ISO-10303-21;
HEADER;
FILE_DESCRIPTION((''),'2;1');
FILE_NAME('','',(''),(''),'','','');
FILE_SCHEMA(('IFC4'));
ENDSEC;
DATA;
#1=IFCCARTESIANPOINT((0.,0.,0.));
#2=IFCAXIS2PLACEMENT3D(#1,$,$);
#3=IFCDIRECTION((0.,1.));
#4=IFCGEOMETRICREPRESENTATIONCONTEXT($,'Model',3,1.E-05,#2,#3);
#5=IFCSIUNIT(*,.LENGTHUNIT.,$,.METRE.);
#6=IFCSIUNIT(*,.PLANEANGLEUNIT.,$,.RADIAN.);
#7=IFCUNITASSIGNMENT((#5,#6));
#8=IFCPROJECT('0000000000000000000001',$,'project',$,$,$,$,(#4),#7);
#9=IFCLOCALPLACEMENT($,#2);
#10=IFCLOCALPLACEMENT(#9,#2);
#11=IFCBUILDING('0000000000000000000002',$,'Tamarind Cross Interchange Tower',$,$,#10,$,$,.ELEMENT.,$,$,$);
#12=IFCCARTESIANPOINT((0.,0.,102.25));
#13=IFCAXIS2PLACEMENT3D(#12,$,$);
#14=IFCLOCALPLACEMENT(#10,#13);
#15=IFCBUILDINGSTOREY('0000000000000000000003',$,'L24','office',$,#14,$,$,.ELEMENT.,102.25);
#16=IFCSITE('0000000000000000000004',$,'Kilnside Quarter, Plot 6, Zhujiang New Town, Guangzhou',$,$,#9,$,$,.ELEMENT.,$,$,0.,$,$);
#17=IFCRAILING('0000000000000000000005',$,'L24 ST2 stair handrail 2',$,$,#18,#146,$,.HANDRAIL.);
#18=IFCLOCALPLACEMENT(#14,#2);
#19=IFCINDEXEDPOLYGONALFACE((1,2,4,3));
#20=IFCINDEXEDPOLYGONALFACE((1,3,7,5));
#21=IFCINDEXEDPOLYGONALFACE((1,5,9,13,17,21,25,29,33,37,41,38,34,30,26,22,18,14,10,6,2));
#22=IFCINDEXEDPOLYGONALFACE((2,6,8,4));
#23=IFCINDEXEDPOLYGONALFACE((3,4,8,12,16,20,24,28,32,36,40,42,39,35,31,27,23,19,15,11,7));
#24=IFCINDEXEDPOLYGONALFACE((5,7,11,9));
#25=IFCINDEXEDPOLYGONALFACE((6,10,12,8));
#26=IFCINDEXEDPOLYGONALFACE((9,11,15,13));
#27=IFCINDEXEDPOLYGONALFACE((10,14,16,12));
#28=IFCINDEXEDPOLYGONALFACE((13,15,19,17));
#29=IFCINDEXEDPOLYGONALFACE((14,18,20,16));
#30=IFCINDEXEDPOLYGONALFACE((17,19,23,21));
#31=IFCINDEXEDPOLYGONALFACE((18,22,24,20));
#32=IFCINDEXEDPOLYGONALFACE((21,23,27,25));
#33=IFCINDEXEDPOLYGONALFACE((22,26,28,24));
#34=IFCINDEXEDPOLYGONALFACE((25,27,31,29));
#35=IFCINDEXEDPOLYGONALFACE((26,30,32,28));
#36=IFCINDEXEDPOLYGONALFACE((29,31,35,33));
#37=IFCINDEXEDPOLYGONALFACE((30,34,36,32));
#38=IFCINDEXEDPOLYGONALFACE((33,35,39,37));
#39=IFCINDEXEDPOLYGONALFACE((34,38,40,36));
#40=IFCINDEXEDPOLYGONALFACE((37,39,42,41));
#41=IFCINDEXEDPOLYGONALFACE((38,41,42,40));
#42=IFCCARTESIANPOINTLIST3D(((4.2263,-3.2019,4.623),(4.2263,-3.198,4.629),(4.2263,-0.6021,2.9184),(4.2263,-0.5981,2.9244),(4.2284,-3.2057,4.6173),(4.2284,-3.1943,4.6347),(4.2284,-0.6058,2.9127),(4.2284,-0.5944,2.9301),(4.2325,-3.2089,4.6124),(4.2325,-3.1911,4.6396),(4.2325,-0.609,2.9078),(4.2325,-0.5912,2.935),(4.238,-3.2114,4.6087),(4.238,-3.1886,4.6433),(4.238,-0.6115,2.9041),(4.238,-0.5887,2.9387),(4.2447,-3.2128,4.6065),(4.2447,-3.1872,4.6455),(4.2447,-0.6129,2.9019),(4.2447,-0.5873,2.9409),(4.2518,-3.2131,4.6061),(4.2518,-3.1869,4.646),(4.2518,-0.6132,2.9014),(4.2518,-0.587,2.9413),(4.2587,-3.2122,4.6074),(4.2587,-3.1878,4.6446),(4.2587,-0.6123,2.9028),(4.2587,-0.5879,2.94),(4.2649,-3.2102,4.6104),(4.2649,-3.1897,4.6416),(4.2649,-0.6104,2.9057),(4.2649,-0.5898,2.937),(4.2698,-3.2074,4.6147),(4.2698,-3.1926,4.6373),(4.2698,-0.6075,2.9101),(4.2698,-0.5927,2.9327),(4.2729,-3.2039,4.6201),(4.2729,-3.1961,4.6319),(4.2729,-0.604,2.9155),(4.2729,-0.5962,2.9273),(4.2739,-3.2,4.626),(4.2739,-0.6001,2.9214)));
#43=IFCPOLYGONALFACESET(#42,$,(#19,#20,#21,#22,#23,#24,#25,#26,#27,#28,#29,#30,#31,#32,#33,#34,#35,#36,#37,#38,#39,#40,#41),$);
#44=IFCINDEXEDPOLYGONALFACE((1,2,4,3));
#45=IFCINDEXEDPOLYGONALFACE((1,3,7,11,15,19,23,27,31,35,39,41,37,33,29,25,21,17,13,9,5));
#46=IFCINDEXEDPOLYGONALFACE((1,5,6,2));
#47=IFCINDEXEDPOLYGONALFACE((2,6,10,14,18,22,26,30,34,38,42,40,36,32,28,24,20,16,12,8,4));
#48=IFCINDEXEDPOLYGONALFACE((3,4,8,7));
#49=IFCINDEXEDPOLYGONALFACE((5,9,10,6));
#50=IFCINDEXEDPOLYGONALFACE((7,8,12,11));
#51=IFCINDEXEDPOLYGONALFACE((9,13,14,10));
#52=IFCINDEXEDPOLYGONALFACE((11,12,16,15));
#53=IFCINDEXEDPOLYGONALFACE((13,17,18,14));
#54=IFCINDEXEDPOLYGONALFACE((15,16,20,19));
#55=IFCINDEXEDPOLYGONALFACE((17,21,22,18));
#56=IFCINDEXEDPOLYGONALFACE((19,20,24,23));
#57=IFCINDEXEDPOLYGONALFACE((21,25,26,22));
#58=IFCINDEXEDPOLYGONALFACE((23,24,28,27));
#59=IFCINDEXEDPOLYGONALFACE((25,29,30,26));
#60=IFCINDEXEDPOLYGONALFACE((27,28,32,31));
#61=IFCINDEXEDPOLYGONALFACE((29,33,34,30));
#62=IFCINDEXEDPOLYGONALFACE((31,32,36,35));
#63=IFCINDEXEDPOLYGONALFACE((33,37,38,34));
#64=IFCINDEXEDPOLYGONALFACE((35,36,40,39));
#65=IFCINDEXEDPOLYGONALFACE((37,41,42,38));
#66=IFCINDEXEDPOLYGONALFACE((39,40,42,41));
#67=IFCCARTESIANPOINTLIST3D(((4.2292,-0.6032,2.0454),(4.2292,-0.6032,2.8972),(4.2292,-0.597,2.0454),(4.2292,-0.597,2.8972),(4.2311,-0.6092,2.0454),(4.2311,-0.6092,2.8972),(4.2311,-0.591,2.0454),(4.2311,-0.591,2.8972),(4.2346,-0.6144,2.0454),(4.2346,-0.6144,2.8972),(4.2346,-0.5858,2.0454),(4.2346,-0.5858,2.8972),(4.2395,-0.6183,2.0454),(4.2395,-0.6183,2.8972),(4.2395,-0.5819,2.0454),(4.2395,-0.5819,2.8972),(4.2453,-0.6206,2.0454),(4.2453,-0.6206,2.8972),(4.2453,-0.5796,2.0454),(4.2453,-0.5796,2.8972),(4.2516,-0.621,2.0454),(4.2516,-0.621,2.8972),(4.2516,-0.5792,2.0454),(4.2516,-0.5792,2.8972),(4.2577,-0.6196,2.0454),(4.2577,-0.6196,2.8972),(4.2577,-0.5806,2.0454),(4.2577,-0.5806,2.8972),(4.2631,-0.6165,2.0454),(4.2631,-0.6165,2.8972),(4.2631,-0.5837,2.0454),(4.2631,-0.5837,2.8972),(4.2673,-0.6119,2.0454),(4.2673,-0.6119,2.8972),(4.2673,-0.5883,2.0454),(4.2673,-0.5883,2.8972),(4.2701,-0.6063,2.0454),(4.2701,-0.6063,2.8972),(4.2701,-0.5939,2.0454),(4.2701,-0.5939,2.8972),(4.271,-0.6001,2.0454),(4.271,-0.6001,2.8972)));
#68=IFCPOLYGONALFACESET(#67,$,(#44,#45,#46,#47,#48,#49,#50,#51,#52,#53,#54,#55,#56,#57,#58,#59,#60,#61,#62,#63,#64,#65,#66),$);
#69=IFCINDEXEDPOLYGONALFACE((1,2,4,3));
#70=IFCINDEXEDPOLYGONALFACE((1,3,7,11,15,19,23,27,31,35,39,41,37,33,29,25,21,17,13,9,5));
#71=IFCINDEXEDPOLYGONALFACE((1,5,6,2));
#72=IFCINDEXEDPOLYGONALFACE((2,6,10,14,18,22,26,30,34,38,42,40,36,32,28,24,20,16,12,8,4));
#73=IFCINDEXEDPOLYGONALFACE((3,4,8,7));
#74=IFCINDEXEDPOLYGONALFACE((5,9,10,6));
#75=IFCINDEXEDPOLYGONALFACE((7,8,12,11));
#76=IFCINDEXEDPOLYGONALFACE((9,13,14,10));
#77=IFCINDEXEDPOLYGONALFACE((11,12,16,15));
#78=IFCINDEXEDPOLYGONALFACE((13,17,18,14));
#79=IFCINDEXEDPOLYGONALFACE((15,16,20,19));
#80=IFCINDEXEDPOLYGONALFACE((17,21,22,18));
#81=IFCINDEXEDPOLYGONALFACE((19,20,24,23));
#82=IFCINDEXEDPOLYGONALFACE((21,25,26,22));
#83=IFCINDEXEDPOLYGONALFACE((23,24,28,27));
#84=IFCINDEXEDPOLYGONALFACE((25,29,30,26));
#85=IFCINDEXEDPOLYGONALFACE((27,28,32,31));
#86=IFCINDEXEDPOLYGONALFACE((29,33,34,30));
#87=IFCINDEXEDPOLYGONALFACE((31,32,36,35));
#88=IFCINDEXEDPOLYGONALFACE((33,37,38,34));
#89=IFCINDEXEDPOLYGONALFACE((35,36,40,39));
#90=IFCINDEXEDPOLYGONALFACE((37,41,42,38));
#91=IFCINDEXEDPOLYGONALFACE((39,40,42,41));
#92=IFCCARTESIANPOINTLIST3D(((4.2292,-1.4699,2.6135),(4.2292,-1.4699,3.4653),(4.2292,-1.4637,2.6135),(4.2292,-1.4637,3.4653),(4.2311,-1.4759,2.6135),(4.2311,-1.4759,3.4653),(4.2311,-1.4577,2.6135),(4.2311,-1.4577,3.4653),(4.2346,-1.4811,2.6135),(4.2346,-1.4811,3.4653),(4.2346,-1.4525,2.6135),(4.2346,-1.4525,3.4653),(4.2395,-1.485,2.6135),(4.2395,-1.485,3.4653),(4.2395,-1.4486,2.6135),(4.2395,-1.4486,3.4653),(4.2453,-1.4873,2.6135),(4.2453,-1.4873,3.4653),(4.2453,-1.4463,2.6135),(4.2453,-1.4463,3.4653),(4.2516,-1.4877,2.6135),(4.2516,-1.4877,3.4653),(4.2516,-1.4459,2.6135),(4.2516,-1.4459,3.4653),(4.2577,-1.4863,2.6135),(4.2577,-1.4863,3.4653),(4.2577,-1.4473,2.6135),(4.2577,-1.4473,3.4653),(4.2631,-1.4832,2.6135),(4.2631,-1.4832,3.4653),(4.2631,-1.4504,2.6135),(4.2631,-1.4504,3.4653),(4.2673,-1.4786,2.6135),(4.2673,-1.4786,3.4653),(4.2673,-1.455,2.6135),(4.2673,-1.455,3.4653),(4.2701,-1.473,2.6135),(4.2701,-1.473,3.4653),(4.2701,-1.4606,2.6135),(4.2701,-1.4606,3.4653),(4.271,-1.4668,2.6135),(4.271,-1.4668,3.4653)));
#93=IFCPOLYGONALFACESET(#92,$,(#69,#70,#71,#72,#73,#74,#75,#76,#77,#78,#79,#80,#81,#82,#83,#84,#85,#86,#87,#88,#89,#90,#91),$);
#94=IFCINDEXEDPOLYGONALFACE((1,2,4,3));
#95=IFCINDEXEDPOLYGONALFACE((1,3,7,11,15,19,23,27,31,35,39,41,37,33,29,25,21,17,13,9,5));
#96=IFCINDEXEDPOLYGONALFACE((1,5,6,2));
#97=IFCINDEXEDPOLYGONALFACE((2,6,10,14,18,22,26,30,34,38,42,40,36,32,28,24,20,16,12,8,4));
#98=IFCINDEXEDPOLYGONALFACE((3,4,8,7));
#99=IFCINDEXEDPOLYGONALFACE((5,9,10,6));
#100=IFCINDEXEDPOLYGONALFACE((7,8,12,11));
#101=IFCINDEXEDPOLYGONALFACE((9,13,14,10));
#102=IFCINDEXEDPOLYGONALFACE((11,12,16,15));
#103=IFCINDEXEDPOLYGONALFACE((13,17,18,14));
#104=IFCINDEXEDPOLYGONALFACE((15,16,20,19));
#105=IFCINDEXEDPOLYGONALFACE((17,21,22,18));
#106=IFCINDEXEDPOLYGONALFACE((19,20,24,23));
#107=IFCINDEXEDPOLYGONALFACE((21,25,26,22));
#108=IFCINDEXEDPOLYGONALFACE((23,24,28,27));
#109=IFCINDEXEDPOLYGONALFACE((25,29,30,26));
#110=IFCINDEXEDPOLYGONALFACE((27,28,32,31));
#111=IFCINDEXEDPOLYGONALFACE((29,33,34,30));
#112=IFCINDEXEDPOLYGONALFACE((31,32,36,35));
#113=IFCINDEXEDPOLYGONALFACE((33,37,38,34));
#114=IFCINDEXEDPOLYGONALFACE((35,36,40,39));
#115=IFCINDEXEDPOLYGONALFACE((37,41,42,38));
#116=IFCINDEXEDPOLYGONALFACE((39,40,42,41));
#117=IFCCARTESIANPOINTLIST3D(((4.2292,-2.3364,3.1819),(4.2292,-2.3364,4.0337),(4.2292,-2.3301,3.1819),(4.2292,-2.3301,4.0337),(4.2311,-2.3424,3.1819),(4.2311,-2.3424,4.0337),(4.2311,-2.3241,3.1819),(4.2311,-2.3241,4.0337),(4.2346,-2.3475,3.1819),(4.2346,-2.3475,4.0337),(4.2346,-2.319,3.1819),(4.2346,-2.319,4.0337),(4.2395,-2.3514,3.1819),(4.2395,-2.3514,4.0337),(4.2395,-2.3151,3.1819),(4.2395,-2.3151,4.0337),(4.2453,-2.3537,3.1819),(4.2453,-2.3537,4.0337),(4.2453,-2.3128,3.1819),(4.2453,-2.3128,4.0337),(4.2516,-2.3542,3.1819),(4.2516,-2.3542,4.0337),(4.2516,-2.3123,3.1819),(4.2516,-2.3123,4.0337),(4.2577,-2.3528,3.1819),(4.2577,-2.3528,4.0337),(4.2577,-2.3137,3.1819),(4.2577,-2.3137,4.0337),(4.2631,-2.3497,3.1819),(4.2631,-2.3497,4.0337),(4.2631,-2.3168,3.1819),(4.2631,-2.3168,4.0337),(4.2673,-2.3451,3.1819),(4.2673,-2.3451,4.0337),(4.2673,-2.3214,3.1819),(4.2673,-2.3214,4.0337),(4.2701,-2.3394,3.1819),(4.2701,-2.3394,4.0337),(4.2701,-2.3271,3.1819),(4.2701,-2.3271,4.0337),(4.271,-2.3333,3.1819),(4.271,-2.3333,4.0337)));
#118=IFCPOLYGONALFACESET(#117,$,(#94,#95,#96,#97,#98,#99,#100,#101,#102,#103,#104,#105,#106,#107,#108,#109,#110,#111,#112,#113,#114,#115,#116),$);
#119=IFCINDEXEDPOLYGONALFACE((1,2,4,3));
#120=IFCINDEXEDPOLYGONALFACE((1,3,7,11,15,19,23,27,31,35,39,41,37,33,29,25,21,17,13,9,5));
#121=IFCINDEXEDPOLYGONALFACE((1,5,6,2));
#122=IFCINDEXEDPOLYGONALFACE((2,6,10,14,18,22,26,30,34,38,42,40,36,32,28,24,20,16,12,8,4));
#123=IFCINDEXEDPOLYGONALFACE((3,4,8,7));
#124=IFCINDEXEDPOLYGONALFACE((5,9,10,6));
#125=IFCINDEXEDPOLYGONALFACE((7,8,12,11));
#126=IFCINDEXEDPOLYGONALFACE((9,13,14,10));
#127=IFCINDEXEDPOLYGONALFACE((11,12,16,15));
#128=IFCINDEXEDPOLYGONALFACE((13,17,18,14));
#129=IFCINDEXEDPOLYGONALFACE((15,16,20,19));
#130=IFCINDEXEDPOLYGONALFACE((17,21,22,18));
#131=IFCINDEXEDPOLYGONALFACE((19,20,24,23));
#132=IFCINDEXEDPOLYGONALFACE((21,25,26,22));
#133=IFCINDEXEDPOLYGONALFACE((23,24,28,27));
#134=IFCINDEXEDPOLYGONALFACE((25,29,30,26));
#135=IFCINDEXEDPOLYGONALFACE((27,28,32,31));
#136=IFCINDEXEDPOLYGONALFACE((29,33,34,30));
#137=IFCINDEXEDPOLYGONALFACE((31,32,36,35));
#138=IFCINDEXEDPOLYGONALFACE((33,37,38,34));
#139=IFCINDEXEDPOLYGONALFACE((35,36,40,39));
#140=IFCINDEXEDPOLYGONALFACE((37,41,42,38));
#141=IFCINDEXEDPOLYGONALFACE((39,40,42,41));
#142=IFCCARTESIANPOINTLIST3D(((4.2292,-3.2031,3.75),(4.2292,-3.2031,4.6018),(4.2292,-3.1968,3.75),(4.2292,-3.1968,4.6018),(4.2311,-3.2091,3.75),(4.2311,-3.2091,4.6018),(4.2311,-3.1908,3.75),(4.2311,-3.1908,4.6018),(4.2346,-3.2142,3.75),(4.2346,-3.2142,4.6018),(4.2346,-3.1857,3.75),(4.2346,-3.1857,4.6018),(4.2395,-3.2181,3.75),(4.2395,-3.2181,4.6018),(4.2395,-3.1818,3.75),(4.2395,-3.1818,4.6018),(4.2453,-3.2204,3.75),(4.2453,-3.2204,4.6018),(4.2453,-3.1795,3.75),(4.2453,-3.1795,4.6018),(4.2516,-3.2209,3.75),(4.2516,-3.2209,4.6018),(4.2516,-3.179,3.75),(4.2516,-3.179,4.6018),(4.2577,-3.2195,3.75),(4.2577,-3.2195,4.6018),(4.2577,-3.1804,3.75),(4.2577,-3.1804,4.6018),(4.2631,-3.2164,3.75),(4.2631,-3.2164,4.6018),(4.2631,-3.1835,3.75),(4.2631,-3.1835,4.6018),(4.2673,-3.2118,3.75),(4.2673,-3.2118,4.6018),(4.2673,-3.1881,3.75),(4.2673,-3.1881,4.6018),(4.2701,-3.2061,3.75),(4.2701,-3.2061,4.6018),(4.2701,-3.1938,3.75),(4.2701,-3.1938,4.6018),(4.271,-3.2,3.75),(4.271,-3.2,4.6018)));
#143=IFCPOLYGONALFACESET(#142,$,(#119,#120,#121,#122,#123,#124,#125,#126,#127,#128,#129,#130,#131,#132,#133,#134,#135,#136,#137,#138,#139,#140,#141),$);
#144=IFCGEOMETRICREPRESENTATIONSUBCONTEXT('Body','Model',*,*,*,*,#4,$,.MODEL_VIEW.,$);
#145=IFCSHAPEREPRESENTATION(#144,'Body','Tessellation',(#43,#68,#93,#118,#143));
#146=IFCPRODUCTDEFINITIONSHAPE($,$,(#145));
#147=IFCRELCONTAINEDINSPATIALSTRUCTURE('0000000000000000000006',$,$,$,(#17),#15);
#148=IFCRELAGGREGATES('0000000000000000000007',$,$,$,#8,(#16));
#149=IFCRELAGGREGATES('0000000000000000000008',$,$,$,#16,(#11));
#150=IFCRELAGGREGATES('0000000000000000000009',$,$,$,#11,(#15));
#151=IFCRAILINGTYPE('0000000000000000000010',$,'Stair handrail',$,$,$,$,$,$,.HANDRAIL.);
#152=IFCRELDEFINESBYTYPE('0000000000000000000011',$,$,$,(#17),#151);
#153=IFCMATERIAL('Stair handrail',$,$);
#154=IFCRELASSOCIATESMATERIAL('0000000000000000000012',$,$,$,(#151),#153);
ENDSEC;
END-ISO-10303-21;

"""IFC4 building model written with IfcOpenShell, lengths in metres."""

from ifc_helpers import new_model, si_unit, direction, frame, origin, origin_2d, place, context, subcontext, project, spatial, circle, extrude, material, type_object, element, save


model = new_model("IFC4")

# Units and contexts
model_context = context("Model", 3, precision=1e-05, world=origin(), true_north=direction((0.0, 1.0)))
body_context = subcontext(model_context, "Body", "Model", "MODEL_VIEW")
ifc_project = project(units=[si_unit("LENGTHUNIT", "METRE"), si_unit("PLANEANGLEUNIT", "RADIAN")], contexts=[model_context])

# Site, building, storey
site_placement = place(None, origin())
site = spatial("IfcSite", under=ifc_project, at=site_placement, Name="Kilnside Quarter, Plot 6, Zhujiang New Town, Guangzhou", CompositionType="ELEMENT", RefElevation=0.0)
building_placement = place(site_placement, origin())
building = spatial("IfcBuilding", under=site, at=building_placement, Name="Tamarind Cross Interchange Tower", CompositionType="ELEMENT")
storey_placement = place(building_placement, frame((0.0, 0.0, 102.25)))
storey = spatial("IfcBuildingStorey", under=building, at=storey_placement, Name="L24", Description="office", CompositionType="ELEMENT", Elevation=102.25)

# Railing
ifc_material_1 = material(Name="Stair handrail")
railing_type_1 = type_object("IfcRailingType", Name="Stair handrail", PredefinedType="HANDRAIL", material=ifc_material_1)
railing_1_placement = place(storey_placement, frame((4.25, -0.6001, 2.0454)))
element("IfcRailing", 1, at=railing_1_placement, inside=storey, type_object=railing_type_1, Name="L24 ST2 stair handrail 2", PredefinedType="HANDRAIL", context=body_context, shape_type="SweptSolid", body=[
    extrude(circle(Radius=0.0239, at=origin_2d()), frame((0.0, 0.0, 0.876), z_axis=(0.0, -0.836279, 0.548305), x_axis=(1.0, 0.0, 0.0)), (0.0, 0.0, 1.0), 3.1089),
    extrude(circle(Radius=0.021, at=origin_2d()), origin(), (0.0, 0.0, 1.0), 0.8518),
    extrude(circle(Radius=0.021, at=origin_2d()), frame((0.0, -0.8667, 0.5681)), (0.0, 0.0, 1.0), 0.8518),
    extrude(circle(Radius=0.021, at=origin_2d()), frame((0.0, -1.7332, 1.1365)), (0.0, 0.0, 1.0), 0.8518),
    extrude(circle(Radius=0.021, at=origin_2d()), frame((0.0, -2.5999, 1.7046)), (0.0, 0.0, 1.0), 0.8518),
])

save(model, "model.ifc")
